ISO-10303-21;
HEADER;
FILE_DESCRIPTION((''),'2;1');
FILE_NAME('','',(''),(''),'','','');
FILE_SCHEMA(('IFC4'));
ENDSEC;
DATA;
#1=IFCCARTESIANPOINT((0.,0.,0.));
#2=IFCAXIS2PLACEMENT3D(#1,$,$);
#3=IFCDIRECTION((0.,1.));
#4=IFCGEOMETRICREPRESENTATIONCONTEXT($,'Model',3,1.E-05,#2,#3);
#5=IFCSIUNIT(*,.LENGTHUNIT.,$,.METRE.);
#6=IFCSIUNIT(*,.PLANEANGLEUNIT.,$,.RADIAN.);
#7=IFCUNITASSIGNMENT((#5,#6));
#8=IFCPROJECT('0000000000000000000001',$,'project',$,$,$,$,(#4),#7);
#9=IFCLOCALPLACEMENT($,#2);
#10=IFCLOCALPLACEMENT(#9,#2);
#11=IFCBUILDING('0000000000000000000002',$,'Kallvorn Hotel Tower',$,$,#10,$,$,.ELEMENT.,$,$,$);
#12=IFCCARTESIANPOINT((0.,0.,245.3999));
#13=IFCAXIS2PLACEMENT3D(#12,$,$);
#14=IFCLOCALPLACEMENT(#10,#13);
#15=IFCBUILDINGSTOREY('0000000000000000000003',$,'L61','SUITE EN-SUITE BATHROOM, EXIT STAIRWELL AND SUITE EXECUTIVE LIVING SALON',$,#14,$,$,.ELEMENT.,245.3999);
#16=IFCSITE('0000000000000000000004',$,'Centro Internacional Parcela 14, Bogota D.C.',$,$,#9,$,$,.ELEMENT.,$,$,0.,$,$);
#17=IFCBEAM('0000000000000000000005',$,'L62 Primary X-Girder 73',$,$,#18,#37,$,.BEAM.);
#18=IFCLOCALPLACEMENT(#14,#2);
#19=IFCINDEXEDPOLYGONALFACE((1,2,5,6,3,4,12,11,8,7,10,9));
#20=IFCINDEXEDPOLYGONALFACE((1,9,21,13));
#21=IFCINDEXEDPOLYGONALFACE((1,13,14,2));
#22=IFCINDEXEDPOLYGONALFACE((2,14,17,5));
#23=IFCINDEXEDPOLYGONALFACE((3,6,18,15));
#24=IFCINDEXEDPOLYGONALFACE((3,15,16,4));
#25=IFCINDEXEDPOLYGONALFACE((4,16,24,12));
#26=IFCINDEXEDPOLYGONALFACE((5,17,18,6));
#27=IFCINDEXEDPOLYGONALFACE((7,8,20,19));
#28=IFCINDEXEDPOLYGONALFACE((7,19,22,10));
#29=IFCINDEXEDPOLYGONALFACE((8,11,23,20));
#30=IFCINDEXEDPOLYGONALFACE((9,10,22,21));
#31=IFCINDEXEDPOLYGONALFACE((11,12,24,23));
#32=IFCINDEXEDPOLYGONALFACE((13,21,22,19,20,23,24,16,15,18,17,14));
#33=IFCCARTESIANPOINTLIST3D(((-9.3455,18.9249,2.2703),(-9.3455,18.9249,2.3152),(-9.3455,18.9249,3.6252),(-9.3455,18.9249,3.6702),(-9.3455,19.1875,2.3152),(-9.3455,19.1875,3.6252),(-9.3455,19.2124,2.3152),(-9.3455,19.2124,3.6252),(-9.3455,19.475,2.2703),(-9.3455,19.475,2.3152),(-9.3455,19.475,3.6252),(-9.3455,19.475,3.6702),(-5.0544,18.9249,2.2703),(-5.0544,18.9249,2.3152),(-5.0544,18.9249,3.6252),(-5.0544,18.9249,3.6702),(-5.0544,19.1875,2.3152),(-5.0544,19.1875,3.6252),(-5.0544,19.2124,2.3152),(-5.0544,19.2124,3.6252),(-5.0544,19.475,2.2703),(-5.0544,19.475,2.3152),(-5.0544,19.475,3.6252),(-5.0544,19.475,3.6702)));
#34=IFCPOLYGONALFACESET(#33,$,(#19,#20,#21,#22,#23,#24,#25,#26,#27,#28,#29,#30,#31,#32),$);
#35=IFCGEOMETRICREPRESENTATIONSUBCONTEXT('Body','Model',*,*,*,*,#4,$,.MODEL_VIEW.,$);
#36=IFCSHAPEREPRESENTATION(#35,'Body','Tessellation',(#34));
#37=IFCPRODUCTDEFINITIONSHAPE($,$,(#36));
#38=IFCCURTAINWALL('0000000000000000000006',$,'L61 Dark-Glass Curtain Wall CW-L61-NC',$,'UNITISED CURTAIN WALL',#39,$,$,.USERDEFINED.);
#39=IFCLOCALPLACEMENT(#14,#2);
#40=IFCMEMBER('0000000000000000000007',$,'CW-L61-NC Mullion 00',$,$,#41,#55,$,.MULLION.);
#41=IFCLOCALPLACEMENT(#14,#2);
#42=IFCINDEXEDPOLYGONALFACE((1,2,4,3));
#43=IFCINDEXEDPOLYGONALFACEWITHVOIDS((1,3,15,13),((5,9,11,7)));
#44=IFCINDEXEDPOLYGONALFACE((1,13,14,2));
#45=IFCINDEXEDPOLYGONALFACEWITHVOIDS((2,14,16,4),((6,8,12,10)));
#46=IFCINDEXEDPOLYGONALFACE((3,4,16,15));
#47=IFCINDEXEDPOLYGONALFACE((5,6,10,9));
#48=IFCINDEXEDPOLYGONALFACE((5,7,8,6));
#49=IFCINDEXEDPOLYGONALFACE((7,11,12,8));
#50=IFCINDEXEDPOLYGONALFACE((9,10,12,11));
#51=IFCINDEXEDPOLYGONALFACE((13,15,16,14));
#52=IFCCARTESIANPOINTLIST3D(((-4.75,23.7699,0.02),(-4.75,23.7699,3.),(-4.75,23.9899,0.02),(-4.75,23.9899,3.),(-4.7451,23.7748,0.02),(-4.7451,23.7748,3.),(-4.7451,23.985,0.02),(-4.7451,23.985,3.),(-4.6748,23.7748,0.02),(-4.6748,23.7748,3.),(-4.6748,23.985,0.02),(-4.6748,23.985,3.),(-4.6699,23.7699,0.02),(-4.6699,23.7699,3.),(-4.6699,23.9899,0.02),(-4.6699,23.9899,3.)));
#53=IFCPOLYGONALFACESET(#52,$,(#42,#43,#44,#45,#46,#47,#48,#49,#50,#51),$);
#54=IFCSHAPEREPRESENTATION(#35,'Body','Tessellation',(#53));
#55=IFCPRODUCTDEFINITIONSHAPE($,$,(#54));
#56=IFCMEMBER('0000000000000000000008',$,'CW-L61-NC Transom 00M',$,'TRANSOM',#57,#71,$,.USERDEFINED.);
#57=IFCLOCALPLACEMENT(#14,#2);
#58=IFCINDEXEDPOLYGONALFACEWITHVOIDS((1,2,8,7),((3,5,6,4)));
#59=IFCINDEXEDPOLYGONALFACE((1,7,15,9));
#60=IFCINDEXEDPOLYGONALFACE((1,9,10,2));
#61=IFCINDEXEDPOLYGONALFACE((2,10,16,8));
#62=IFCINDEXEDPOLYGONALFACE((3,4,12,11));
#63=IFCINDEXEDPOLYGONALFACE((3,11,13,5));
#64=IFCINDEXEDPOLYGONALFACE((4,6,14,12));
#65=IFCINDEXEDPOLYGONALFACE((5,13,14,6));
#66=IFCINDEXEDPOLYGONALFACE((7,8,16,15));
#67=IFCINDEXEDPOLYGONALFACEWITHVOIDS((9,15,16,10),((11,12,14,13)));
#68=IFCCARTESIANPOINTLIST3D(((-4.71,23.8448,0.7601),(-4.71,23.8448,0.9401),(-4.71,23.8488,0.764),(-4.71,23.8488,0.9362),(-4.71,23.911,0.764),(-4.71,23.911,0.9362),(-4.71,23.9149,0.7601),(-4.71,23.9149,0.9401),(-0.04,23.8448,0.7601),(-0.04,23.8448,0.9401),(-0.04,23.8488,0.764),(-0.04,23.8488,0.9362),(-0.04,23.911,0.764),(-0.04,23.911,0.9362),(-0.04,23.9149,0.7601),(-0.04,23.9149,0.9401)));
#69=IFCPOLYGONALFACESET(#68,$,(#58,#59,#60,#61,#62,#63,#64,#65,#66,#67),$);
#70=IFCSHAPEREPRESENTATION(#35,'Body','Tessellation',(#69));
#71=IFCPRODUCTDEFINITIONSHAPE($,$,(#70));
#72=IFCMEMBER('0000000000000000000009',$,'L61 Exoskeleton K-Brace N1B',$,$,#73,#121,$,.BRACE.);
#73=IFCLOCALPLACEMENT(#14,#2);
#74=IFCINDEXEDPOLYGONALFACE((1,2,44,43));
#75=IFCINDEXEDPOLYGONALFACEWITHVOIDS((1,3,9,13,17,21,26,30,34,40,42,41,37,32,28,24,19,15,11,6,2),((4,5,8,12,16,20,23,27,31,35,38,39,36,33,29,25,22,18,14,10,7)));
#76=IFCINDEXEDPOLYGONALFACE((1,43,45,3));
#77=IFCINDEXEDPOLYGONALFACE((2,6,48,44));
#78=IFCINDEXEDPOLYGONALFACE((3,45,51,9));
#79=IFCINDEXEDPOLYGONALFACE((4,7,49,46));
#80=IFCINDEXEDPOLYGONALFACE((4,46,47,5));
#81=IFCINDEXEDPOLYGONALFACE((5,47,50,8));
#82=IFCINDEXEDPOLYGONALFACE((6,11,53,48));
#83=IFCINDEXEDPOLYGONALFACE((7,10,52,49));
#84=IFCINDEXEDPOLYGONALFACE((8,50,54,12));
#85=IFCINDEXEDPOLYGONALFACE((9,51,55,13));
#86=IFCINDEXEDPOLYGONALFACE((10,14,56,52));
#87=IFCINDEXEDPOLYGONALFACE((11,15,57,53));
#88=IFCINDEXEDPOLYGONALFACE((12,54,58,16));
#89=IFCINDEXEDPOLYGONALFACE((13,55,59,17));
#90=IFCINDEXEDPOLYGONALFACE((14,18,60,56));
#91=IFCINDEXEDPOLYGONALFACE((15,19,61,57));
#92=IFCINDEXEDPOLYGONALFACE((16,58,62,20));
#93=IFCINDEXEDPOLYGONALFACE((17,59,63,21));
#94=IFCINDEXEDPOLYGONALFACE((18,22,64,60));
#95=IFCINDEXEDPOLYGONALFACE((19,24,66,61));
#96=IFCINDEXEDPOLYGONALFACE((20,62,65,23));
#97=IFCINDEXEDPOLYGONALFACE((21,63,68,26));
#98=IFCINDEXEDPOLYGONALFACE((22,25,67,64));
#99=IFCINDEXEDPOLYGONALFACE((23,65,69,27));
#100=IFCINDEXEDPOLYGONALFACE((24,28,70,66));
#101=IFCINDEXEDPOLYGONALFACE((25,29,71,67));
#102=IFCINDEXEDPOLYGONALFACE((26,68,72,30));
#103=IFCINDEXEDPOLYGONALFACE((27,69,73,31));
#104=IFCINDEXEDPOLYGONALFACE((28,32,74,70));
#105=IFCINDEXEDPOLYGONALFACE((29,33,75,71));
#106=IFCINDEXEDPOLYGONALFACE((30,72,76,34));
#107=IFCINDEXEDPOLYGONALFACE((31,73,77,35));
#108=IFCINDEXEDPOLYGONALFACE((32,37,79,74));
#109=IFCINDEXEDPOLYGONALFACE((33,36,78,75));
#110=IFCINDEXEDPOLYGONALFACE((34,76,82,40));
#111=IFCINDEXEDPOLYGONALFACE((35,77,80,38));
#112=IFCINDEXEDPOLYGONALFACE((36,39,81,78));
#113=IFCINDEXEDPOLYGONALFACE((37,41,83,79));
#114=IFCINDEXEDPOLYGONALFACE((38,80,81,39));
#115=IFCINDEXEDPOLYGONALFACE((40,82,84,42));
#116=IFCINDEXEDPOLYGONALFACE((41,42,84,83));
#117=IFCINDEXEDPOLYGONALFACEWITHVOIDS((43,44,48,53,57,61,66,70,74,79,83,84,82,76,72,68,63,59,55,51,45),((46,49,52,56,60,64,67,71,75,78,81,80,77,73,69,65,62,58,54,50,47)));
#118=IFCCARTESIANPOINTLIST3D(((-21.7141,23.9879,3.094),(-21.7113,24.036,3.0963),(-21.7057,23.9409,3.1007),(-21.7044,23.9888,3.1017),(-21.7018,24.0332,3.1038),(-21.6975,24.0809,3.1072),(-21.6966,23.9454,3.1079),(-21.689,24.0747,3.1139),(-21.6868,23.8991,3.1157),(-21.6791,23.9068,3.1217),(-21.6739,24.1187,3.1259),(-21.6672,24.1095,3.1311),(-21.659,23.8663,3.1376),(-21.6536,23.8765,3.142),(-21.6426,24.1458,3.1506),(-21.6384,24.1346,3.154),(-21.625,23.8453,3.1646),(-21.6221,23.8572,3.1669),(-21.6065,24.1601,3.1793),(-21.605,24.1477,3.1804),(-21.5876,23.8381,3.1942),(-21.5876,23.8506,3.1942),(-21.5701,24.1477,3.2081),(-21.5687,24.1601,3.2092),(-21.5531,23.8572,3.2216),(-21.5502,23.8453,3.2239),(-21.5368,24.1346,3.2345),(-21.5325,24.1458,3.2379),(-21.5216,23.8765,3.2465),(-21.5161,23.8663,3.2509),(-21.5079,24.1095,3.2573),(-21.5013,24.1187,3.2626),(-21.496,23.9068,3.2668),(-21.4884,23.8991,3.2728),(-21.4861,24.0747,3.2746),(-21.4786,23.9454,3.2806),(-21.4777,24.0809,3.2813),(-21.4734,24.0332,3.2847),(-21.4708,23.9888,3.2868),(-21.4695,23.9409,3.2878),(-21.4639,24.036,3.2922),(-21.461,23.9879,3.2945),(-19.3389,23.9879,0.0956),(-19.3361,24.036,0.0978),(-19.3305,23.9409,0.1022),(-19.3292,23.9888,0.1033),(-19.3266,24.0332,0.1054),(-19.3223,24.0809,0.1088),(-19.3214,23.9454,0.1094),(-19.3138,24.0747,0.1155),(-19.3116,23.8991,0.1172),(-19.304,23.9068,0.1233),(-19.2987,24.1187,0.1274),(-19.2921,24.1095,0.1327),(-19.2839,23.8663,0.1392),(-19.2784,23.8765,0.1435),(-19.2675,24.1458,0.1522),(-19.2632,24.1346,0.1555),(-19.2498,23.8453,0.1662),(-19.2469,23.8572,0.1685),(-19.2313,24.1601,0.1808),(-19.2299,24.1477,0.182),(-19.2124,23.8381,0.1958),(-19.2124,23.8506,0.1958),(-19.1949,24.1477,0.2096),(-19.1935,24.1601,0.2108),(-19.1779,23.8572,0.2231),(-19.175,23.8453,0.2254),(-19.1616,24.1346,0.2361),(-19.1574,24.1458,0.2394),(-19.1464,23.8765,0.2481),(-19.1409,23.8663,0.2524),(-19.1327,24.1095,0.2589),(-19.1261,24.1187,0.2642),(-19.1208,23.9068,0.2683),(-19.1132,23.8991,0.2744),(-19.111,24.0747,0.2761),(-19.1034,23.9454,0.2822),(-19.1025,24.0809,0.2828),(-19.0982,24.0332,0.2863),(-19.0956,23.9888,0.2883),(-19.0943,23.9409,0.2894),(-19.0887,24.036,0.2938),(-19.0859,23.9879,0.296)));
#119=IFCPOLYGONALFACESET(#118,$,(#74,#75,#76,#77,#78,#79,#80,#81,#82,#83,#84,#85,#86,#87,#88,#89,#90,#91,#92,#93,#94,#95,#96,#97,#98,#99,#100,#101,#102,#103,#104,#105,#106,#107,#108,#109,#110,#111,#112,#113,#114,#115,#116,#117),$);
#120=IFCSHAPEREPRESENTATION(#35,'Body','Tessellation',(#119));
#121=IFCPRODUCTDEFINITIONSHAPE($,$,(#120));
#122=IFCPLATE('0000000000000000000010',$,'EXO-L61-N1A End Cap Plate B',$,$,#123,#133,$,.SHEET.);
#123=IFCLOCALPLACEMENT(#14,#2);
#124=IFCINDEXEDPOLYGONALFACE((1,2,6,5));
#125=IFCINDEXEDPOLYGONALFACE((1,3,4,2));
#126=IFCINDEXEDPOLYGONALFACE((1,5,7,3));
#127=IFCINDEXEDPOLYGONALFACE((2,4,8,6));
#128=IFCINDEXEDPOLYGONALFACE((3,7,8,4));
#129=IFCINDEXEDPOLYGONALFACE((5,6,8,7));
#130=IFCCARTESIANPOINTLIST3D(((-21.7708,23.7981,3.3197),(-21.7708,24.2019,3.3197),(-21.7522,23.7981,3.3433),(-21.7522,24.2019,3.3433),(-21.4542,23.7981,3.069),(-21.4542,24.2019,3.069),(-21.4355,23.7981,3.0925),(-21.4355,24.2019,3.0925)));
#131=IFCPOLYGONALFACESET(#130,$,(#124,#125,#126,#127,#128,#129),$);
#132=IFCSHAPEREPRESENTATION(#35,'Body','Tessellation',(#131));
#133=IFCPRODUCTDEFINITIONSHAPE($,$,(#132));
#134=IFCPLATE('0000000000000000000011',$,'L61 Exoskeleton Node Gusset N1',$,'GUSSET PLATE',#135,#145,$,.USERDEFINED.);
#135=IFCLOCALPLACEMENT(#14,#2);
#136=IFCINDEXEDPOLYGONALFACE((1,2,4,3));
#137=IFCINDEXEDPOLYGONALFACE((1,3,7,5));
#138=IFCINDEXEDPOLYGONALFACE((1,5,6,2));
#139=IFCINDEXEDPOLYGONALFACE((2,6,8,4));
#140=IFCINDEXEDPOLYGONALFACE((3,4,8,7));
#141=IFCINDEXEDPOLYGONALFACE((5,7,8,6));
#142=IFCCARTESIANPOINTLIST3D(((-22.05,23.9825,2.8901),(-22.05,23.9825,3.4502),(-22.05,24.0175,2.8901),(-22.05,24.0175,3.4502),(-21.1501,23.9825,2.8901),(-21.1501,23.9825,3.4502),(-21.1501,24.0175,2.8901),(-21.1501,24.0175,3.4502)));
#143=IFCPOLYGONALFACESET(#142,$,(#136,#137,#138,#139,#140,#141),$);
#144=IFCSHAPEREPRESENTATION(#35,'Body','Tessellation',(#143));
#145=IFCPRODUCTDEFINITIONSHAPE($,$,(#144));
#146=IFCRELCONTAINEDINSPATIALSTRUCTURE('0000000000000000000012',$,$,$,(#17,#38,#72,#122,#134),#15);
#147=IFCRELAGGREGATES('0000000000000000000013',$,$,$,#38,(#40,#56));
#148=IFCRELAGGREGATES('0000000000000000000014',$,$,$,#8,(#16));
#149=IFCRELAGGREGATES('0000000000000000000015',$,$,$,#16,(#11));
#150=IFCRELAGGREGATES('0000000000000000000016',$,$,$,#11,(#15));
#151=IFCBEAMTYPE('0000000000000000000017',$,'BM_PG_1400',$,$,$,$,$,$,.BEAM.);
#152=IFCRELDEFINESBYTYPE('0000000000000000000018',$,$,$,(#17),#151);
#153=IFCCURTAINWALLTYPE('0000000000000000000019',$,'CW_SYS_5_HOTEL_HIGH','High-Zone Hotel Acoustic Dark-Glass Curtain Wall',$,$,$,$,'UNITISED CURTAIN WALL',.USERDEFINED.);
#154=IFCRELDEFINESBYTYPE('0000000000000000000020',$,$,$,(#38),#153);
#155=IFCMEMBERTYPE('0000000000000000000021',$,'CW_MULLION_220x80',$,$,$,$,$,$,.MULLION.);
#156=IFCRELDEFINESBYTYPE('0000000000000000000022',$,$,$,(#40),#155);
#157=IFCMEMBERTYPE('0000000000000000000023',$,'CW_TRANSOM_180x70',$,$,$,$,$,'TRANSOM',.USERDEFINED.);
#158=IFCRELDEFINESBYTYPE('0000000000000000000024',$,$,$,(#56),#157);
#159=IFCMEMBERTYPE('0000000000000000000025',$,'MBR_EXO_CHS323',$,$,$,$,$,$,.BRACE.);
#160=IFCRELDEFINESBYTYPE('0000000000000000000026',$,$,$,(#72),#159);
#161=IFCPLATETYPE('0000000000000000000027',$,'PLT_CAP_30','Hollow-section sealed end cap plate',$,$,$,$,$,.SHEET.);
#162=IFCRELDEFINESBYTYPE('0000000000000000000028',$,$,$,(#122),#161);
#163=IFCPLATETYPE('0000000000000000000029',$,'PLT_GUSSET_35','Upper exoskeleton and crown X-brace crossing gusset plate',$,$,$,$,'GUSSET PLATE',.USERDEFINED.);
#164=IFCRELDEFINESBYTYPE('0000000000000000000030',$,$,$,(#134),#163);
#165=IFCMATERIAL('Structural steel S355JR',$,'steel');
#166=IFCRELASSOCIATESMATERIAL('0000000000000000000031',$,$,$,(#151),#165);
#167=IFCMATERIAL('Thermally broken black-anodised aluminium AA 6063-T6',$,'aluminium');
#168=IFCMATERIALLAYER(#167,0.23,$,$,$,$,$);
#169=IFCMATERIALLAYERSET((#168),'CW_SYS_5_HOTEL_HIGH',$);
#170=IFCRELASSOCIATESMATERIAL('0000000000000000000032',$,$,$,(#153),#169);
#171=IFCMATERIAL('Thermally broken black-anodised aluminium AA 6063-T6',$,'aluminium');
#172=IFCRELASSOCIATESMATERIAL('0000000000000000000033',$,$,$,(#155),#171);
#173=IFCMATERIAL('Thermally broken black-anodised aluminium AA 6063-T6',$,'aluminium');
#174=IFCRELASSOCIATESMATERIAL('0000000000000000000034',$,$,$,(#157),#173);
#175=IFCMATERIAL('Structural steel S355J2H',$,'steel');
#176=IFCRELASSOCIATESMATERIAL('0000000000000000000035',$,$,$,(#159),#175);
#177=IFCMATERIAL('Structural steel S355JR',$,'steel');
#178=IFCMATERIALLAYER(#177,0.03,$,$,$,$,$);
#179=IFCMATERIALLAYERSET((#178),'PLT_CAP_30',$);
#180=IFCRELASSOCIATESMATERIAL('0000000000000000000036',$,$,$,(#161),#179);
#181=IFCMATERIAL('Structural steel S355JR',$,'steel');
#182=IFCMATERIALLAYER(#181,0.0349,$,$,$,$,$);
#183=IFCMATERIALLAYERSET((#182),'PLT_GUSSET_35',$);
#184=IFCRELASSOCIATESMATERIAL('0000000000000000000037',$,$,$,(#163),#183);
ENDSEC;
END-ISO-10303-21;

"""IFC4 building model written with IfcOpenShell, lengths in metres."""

from ifc_helpers import new_model, si_unit, direction, frame, origin, origin_2d, place, context, subcontext, project, spatial, polyline, rectangle, hollow_rectangle, hollow_circle, i_section, outline, extrude, material, layer, layer_set, material_profile, profile_set, type_object, element, aggregate, save


model = new_model("IFC4")

# Units and contexts
model_context = context("Model", 3, precision=1e-05, world=origin(), true_north=direction((0.0, 1.0)))
body_context = subcontext(model_context, "Body", "Model", "MODEL_VIEW")
ifc_project = project(units=[si_unit("LENGTHUNIT", "METRE"), si_unit("PLANEANGLEUNIT", "RADIAN")], contexts=[model_context])

# Site, building, storey
site_placement = place(None, origin())
site = spatial("IfcSite", under=ifc_project, at=site_placement, Name="Centro Internacional Parcela 14, Bogota D.C.", CompositionType="ELEMENT", RefElevation=0.0)
building_placement = place(site_placement, origin())
building = spatial("IfcBuilding", under=site, at=building_placement, Name="Kallvorn Hotel Tower", CompositionType="ELEMENT")
storey_placement = place(building_placement, frame((0.0, 0.0, 245.3999)))
storey = spatial("IfcBuildingStorey", under=building, at=storey_placement, Name="L61", Description="SUITE EN-SUITE BATHROOM, EXIT STAIRWELL AND SUITE EXECUTIVE LIVING SALON", CompositionType="ELEMENT", Elevation=245.3999)

# Beam
ifc_material_1 = material(Name="Structural steel S355JR", Category="steel")
ifc_material_profile_1 = material_profile(ifc_material_1, i_section(OverallWidth=0.55, OverallDepth=1.3999, WebThickness=0.0249, FlangeThickness=0.0449, at=origin_2d()), Name="PG 1400x550x25x45")
ifc_profile_set_1 = profile_set([ifc_material_profile_1], Name="Structural steel S355JR")
beam_type_1 = type_object("IfcBeamType", Name="BM_PG_1400", PredefinedType="BEAM", material=ifc_profile_set_1)
for number, where, z_axis, x_axis, name in (
    (1, (-9.3455, 19.2, 2.9702), (1.0, 0.0, 0.0), (0.0, 1.0, 0.0), "L62 Primary X-Girder 73"),
):
    element("IfcBeam", number, at=place(storey_placement, frame(where, z_axis=z_axis, x_axis=x_axis)), inside=storey, type_object=beam_type_1, Name=name, PredefinedType="BEAM", context=body_context, shape_type="SweptSolid", body=[
        extrude(i_section(OverallWidth=0.55, OverallDepth=1.3999, WebThickness=0.0249, FlangeThickness=0.0449, at=origin_2d()), origin(), (0.0, 0.0, 1.0), 4.291),
    ])

# Curtain wall, members
ifc_material_2 = material(Name="Thermally broken black-anodised aluminium AA 6063-T6", Category="aluminium")
ifc_layer_1 = layer(ifc_material_2, 0.23)
ifc_layer_set_1 = layer_set([ifc_layer_1], Name="CW_SYS_5_HOTEL_HIGH")
curtain_wall_type = type_object("IfcCurtainWallType", Name="CW_SYS_5_HOTEL_HIGH", Description="High-Zone Hotel Acoustic Dark-Glass Curtain Wall", ElementType="UNITISED CURTAIN WALL", PredefinedType="USERDEFINED", material=ifc_layer_set_1)
curtain_wall_placement = place(storey_placement, origin())
curtain_wall = element("IfcCurtainWall", 2, at=curtain_wall_placement, inside=storey, type_object=curtain_wall_type, Name="L61 Dark-Glass Curtain Wall CW-L61-NC", ObjectType="UNITISED CURTAIN WALL", PredefinedType="USERDEFINED")
ifc_material_3 = material(Name="Thermally broken black-anodised aluminium AA 6063-T6", Category="aluminium")
ifc_material_profile_2 = material_profile(ifc_material_3, hollow_rectangle(XDim=0.0801, YDim=0.22, WallThickness=0.0049, at=origin_2d()), Name="MUL 220x80")
ifc_profile_set_2 = profile_set([ifc_material_profile_2], Name="Thermally broken black-anodised aluminium AA 6063-T6")
member_type_1 = type_object("IfcMemberType", Name="CW_MULLION_220x80", PredefinedType="MULLION", material=ifc_profile_set_2)
member_1_placement = place(storey_placement, frame((-4.71, 23.8799, 0.02), z_axis=(0.0, 0.0, 1.0), x_axis=(1.0, 0.0, 0.0)))
member_1 = element("IfcMember", 3, at=member_1_placement, type_object=member_type_1, Name="CW-L61-NC Mullion 00", PredefinedType="MULLION", context=body_context, shape_type="SweptSolid", body=[
    extrude(hollow_rectangle(XDim=0.0801, YDim=0.22, WallThickness=0.0049, at=origin_2d()), origin(), (0.0, 0.0, 1.0), 2.98),
])
ifc_material_4 = material(Name="Thermally broken black-anodised aluminium AA 6063-T6", Category="aluminium")
ifc_material_profile_3 = material_profile(ifc_material_4, hollow_rectangle(XDim=0.0701, YDim=0.1799, WallThickness=0.0039, at=origin_2d()), Name="TRN 180x70")
ifc_profile_set_3 = profile_set([ifc_material_profile_3], Name="Thermally broken black-anodised aluminium AA 6063-T6")
member_type_2 = type_object("IfcMemberType", Name="CW_TRANSOM_180x70", ElementType="TRANSOM", PredefinedType="USERDEFINED", material=ifc_profile_set_3)
member_2_placement = place(storey_placement, frame((-4.71, 23.8799, 0.8501), z_axis=(1.0, 0.0, 0.0), x_axis=(0.0, 1.0, 0.0)))
member_2 = element("IfcMember", 4, at=member_2_placement, type_object=member_type_2, Name="CW-L61-NC Transom 00M", ObjectType="TRANSOM", PredefinedType="USERDEFINED", context=body_context, shape_type="SweptSolid", body=[
    extrude(hollow_rectangle(XDim=0.0701, YDim=0.1799, WallThickness=0.0039, at=origin_2d()), origin(), (0.0, 0.0, 1.0), 4.6699),
])
aggregate(curtain_wall, [member_1, member_2])

# Member
ifc_material_5 = material(Name="Structural steel S355J2H", Category="steel")
ifc_material_profile_4 = material_profile(ifc_material_5, hollow_circle(Radius=0.1619, WallThickness=0.0125, at=origin_2d()), Name="CHS 323.9x12.5")
ifc_profile_set_4 = profile_set([ifc_material_profile_4], Name="Structural steel S355J2H")
member_type_3 = type_object("IfcMemberType", Name="MBR_EXO_CHS323", PredefinedType="BRACE", material=ifc_profile_set_4)
member_3_placement = place(storey_placement, frame((-19.2124, 24.0, 0.1958), z_axis=(-0.620929, 0.0, 0.783867), x_axis=(0.0, -1.0, 0.0)))
element("IfcMember", 5, at=member_3_placement, inside=storey, type_object=member_type_3, Name="L61 Exoskeleton K-Brace N1B", PredefinedType="BRACE", context=body_context, shape_type="SweptSolid", body=[
    extrude(hollow_circle(Radius=0.1619, WallThickness=0.0125, at=origin_2d()), origin(), (0.0, 0.0, 1.0), 3.8252),
])

# Plates
ifc_material_6 = material(Name="Structural steel S355JR", Category="steel")
ifc_layer_2 = layer(ifc_material_6, 0.03)
ifc_layer_set_2 = layer_set([ifc_layer_2], Name="PLT_CAP_30")
plate_type_1 = type_object("IfcPlateType", Name="PLT_CAP_30", Description="Hollow-section sealed end cap plate", PredefinedType="SHEET", material=ifc_layer_set_2)
plate_1_placement = place(storey_placement, frame((-21.4355, 23.7981, 3.0925), z_axis=(0.62078, 0.0, 0.783985), x_axis=(0.0, 1.0, 0.0)))
element("IfcPlate", 6, at=plate_1_placement, inside=storey, type_object=plate_type_1, Name="EXO-L61-N1A End Cap Plate B", PredefinedType="SHEET", context=body_context, shape_type="SweptSolid", body=[
    extrude(outline(polyline([(0.0, 0.0), (0.4038, 0.0), (0.4038, 0.4039), (0.0, 0.4039), (0.0, 0.0)])), origin(), (0.0, 0.0, -1.0), 0.03),
])
ifc_material_7 = material(Name="Structural steel S355JR", Category="steel")
ifc_layer_3 = layer(ifc_material_7, 0.0349)
ifc_layer_set_3 = layer_set([ifc_layer_3], Name="PLT_GUSSET_35")
plate_type_2 = type_object("IfcPlateType", Name="PLT_GUSSET_35", Description="Upper exoskeleton and crown X-brace crossing gusset plate", ElementType="GUSSET PLATE", PredefinedType="USERDEFINED", material=ifc_layer_set_3)
plate_2_placement = place(storey_placement, frame((-21.6001, 24.0, 2.8901), z_axis=(0.0, 0.0, 1.0), x_axis=(1.0, 0.0, 0.0)))
element("IfcPlate", 7, at=plate_2_placement, inside=storey, type_object=plate_type_2, Name="L61 Exoskeleton Node Gusset N1", ObjectType="GUSSET PLATE", PredefinedType="USERDEFINED", context=body_context, shape_type="SweptSolid", body=[
    extrude(rectangle(XDim=0.8999, YDim=0.0349, at=origin_2d()), origin(), (0.0, 0.0, 1.0), 0.5601),
])

save(model, "model.ifc")
